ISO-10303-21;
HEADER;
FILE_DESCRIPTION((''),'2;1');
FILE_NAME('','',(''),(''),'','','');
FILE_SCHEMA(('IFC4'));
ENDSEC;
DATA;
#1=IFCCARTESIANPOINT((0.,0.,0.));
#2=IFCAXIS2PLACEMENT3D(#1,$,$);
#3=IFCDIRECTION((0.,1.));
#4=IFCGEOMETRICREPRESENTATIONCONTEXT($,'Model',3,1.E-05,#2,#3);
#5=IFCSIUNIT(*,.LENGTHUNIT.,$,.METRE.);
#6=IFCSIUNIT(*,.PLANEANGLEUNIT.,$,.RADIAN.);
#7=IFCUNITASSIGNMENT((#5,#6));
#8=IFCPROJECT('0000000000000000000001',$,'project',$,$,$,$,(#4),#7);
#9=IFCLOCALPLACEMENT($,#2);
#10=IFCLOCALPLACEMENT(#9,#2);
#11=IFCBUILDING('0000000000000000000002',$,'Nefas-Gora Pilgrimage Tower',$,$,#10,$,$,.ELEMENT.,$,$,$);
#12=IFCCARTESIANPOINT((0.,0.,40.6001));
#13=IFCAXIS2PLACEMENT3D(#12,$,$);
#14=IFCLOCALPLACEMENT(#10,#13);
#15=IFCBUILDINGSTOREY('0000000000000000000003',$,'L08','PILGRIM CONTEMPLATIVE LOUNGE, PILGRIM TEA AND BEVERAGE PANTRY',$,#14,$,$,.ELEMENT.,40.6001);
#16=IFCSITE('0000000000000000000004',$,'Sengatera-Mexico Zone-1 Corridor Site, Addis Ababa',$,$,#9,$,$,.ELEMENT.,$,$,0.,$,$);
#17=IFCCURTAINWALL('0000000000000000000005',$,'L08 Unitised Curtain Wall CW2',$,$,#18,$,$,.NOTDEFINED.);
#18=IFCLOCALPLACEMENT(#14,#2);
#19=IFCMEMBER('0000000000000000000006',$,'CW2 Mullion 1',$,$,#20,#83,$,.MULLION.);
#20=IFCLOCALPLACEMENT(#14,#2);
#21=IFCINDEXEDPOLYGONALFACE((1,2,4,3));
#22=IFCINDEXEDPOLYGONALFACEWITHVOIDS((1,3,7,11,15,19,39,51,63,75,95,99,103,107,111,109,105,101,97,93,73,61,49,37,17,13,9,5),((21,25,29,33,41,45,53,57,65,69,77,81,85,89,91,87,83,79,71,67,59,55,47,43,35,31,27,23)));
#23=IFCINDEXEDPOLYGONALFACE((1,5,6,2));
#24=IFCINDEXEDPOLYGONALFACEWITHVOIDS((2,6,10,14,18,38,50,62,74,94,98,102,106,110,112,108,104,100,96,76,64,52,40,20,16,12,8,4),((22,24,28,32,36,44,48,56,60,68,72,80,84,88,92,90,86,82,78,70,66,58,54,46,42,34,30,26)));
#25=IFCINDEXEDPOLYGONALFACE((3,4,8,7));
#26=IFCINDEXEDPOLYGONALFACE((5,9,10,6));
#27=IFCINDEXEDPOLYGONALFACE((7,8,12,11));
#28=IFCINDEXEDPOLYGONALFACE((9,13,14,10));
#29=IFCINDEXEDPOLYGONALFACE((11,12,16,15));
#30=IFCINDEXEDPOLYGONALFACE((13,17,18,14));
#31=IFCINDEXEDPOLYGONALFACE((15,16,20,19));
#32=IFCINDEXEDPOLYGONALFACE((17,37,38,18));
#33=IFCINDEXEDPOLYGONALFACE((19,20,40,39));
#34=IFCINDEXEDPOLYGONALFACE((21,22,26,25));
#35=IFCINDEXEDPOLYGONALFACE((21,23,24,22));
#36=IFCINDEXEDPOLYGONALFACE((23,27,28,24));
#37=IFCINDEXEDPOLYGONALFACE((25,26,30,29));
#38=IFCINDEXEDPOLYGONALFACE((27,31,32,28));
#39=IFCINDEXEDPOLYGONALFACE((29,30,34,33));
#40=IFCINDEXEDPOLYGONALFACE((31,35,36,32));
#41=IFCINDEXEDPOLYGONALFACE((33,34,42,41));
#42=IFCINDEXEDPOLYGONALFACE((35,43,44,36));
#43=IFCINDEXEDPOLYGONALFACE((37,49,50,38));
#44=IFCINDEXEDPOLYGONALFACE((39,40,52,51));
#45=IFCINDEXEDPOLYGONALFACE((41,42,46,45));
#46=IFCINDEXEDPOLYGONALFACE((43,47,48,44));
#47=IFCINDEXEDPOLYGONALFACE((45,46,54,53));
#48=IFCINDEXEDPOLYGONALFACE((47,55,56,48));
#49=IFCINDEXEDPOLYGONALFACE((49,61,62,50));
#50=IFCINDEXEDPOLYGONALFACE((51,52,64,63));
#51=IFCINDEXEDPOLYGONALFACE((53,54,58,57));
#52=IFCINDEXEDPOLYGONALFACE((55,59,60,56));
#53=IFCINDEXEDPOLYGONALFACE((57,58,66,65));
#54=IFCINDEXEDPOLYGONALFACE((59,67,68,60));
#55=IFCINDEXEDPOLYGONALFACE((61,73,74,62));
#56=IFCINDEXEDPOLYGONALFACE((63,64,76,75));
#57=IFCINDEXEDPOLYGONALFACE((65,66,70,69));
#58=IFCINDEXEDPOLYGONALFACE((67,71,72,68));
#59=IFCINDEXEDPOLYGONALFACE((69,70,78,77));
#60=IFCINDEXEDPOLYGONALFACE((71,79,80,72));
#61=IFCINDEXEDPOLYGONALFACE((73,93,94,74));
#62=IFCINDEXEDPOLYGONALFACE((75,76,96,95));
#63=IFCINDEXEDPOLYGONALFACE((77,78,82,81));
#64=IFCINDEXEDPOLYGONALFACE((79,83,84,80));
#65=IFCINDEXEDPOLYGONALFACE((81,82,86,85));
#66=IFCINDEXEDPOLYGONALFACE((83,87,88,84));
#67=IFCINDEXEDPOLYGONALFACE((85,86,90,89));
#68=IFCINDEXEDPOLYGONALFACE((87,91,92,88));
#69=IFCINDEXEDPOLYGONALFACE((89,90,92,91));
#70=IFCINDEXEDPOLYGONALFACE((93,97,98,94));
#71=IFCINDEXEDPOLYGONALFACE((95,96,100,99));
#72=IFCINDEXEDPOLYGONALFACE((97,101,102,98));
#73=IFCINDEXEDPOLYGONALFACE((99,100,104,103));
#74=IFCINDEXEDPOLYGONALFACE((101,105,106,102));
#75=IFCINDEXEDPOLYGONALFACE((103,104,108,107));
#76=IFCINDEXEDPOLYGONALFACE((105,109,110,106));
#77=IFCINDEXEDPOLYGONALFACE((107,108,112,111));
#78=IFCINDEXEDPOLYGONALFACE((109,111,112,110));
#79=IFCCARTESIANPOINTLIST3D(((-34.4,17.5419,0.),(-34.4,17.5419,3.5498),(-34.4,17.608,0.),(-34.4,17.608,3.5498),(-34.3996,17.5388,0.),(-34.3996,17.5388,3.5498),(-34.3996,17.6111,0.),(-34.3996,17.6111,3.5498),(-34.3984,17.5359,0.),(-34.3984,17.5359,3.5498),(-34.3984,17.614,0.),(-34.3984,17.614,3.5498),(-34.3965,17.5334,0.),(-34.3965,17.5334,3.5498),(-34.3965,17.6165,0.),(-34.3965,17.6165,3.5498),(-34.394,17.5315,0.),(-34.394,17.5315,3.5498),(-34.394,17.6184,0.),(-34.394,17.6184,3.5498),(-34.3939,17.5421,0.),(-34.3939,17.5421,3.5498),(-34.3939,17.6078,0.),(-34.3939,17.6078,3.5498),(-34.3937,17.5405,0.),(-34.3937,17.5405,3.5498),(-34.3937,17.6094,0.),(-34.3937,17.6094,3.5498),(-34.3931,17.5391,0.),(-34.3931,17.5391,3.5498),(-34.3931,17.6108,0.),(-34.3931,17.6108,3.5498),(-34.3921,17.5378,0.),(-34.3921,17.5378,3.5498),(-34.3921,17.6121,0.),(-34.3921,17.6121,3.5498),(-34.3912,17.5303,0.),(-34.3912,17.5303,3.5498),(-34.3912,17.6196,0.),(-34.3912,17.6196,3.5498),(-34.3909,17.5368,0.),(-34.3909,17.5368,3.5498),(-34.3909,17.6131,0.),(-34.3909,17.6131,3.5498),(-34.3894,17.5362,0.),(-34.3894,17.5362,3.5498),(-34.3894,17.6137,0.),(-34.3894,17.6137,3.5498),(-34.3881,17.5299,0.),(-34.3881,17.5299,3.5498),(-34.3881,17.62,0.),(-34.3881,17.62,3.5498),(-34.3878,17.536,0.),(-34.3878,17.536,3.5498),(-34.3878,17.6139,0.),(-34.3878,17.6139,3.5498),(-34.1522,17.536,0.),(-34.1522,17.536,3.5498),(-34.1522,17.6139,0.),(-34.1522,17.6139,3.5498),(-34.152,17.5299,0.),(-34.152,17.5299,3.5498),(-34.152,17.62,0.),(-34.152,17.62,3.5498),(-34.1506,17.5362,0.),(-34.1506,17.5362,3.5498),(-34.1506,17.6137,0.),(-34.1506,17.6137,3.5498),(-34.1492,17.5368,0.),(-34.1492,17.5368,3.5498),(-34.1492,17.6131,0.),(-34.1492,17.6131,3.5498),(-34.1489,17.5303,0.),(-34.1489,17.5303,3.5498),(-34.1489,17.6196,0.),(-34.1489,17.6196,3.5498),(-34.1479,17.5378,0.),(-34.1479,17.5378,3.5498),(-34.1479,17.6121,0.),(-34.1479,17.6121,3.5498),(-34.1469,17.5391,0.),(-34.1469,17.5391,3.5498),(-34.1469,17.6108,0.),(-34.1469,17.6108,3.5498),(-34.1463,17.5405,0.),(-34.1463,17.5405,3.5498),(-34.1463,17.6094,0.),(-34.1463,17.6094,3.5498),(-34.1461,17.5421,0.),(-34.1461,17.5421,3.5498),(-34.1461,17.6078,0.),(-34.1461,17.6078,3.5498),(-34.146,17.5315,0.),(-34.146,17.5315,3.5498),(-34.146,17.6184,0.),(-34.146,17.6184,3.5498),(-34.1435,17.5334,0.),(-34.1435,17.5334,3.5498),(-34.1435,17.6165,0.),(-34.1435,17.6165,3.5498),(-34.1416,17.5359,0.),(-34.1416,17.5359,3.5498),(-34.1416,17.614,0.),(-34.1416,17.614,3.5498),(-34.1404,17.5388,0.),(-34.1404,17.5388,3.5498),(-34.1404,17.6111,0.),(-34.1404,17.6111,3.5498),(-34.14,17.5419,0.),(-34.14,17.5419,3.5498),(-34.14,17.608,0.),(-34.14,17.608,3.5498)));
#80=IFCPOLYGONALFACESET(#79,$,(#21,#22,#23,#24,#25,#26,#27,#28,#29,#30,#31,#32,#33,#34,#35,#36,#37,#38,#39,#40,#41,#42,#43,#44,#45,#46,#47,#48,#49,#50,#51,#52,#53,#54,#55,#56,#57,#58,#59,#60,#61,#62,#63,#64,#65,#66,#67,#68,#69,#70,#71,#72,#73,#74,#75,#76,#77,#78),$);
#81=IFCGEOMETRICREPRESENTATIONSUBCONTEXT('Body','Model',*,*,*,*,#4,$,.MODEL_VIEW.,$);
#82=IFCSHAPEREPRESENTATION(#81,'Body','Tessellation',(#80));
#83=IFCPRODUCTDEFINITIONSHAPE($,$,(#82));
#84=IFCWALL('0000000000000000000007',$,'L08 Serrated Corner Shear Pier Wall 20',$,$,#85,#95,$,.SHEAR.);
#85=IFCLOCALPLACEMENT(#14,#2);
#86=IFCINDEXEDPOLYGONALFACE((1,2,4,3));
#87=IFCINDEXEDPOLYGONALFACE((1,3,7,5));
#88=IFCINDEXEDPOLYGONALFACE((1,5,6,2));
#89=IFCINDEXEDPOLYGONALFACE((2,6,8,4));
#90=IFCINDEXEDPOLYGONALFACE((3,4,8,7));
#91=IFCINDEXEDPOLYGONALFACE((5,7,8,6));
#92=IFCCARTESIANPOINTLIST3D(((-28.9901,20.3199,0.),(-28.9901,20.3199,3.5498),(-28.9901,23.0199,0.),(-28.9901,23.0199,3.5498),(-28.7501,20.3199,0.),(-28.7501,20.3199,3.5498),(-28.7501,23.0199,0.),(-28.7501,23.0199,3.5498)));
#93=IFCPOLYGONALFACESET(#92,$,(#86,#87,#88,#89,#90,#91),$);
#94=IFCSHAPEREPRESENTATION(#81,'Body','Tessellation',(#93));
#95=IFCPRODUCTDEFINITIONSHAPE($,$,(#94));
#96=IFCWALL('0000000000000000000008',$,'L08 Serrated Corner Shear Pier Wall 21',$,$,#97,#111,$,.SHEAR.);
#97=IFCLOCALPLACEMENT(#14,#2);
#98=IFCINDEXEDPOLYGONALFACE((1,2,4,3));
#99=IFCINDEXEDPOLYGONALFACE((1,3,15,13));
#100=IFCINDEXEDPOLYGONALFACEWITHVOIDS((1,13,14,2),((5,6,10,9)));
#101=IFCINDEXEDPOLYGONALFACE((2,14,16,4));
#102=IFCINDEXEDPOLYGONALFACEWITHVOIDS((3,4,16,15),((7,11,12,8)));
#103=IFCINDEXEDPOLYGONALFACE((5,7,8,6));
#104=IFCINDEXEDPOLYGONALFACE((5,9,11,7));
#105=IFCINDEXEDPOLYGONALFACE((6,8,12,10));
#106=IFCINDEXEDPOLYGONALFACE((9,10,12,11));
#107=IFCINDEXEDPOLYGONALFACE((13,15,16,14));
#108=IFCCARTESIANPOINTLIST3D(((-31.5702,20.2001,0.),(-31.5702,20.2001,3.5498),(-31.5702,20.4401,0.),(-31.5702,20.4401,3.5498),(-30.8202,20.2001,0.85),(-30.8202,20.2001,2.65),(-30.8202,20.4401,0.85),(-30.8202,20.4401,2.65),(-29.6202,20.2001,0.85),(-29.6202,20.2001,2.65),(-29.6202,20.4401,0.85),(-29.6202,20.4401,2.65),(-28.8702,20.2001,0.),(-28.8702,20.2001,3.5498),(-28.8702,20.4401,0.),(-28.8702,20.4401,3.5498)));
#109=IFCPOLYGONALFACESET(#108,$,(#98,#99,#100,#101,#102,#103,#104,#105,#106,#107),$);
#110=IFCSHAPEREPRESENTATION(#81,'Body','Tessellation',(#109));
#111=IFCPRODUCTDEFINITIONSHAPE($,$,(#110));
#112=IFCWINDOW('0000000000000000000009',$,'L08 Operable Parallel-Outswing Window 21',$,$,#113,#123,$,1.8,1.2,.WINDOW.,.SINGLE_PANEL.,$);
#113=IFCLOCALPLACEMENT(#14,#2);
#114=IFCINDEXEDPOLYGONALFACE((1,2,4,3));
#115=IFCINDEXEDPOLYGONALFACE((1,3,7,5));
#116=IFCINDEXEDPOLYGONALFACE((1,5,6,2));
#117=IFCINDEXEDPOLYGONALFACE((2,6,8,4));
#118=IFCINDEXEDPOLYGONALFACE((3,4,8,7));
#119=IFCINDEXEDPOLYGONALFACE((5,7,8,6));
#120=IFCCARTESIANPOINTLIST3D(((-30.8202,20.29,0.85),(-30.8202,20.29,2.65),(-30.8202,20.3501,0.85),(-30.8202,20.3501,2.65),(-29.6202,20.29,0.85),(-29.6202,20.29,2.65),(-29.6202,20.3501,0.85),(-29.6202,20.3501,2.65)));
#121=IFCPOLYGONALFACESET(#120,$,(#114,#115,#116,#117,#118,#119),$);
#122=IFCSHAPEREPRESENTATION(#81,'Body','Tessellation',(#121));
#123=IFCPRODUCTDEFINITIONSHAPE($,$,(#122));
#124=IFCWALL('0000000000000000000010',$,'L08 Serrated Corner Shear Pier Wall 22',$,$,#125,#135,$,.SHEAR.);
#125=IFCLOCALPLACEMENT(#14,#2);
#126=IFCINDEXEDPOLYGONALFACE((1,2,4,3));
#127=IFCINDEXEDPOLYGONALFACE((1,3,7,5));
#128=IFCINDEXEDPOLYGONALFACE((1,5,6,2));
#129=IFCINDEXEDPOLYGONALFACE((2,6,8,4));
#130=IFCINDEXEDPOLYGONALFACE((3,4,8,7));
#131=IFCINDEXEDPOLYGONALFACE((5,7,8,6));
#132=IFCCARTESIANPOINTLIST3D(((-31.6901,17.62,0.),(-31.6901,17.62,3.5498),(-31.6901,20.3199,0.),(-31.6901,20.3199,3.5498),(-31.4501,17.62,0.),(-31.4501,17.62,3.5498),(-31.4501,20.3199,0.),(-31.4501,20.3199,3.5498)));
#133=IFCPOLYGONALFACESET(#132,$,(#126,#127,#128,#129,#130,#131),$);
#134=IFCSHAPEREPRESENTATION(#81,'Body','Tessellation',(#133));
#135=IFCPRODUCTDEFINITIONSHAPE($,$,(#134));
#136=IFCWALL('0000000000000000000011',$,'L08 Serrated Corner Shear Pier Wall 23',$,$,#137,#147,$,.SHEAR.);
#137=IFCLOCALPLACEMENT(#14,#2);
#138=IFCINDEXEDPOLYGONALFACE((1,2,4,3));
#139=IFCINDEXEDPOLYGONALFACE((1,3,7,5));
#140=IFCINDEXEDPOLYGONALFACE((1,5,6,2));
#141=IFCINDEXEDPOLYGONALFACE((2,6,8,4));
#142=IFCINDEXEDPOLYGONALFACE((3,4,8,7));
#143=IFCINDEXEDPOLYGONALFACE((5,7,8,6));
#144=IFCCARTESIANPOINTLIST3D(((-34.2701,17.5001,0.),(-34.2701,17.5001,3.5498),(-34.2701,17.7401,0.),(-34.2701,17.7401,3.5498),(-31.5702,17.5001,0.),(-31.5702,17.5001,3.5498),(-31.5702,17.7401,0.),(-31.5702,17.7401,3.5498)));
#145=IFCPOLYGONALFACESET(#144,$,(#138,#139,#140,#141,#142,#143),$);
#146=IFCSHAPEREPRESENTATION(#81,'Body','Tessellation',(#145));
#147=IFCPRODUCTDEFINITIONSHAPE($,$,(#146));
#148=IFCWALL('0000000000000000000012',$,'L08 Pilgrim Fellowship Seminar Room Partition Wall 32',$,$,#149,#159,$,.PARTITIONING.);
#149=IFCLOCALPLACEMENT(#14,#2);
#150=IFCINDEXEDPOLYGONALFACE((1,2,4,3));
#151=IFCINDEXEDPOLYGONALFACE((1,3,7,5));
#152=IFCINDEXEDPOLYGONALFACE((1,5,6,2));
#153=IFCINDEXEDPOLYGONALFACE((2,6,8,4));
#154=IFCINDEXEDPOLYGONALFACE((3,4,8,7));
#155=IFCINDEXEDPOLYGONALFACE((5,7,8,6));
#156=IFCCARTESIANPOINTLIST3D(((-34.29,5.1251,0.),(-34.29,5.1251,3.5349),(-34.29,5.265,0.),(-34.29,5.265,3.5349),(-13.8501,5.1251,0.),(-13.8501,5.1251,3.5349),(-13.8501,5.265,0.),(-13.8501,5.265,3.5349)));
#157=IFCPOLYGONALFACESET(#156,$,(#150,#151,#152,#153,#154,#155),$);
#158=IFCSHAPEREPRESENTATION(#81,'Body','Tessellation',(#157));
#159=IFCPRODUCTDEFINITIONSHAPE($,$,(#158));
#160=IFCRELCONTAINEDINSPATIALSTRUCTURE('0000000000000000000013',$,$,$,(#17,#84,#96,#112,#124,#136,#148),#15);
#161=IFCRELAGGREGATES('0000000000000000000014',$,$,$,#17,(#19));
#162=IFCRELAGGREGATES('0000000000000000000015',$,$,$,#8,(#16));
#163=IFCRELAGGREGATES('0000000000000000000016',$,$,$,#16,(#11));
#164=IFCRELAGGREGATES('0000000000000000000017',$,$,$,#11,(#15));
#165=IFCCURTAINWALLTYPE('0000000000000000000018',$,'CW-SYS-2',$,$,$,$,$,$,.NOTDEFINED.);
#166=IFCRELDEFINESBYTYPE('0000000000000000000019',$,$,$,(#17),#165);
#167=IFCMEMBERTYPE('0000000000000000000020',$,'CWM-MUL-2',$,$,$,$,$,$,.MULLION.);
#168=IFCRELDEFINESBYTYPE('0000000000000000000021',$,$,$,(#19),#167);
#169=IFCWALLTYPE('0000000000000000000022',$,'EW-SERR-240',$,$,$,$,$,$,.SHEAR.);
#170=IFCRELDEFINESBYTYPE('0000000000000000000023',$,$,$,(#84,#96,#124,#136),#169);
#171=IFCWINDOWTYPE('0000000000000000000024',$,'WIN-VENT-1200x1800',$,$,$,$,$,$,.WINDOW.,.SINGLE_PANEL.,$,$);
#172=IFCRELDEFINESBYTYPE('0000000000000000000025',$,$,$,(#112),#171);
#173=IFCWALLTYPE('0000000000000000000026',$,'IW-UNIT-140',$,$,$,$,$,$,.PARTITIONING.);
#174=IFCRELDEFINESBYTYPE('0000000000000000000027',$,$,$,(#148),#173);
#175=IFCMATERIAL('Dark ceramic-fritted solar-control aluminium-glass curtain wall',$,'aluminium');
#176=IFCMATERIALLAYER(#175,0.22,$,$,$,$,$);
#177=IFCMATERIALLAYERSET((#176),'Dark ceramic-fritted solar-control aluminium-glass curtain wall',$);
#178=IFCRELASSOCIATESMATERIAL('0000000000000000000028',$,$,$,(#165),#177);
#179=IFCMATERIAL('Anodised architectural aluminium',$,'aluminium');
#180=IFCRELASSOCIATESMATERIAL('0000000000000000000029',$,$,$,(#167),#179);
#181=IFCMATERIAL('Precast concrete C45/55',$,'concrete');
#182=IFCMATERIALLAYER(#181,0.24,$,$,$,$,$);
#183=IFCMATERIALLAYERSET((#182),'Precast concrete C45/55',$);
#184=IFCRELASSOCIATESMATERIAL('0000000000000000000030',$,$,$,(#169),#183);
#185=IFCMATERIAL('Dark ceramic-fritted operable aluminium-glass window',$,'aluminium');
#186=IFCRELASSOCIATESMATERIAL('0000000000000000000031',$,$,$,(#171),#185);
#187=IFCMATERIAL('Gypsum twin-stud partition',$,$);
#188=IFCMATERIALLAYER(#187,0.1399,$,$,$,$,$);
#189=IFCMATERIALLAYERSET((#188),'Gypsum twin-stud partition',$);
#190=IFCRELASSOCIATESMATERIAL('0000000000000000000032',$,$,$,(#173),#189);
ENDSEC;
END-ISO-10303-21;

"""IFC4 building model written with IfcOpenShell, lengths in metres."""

from ifc_helpers import new_model, si_unit, direction, frame, frame_2d, origin, origin_2d, place, context, subcontext, project, spatial, rectangle, hollow_rectangle, extrude, source, transform, mapped, material, layer, layer_set, material_profile, profile_set, type_object, element, fill, aggregate, save


model = new_model("IFC4")

# Units and contexts
model_context = context("Model", 3, precision=1e-05, world=origin(), true_north=direction((0.0, 1.0)))
body_context = subcontext(model_context, "Body", "Model", "MODEL_VIEW")
ifc_project = project(units=[si_unit("LENGTHUNIT", "METRE"), si_unit("PLANEANGLEUNIT", "RADIAN")], contexts=[model_context])

# Site, building, storey
site_placement = place(None, origin())
site = spatial("IfcSite", under=ifc_project, at=site_placement, Name="Sengatera-Mexico Zone-1 Corridor Site, Addis Ababa", CompositionType="ELEMENT", RefElevation=0.0)
building_placement = place(site_placement, origin())
building = spatial("IfcBuilding", under=site, at=building_placement, Name="Nefas-Gora Pilgrimage Tower", CompositionType="ELEMENT")
storey_placement = place(building_placement, frame((0.0, 0.0, 40.6001)))
storey = spatial("IfcBuildingStorey", under=building, at=storey_placement, Name="L08", Description="PILGRIM CONTEMPLATIVE LOUNGE, PILGRIM TEA AND BEVERAGE PANTRY", CompositionType="ELEMENT", Elevation=40.6001)

# Curtain wall
ifc_material_1 = material(Name="Dark ceramic-fritted solar-control aluminium-glass curtain wall", Category="aluminium")
ifc_layer_1 = layer(ifc_material_1, 0.22)
ifc_layer_set_1 = layer_set([ifc_layer_1], Name="Dark ceramic-fritted solar-control aluminium-glass curtain wall")
curtain_wall_type = type_object("IfcCurtainWallType", Name="CW-SYS-2", PredefinedType="NOTDEFINED", material=ifc_layer_set_1)
curtain_wall_1_placement = place(storey_placement, origin())
curtain_wall_1 = element("IfcCurtainWall", 1, at=curtain_wall_1_placement, inside=storey, type_object=curtain_wall_type, Name="L08 Unitised Curtain Wall CW2", PredefinedType="NOTDEFINED")
ifc_material_2 = material(Name="Anodised architectural aluminium", Category="aluminium")
ifc_material_profile_1 = material_profile(ifc_material_2, hollow_rectangle(XDim=0.0901, YDim=0.26, WallThickness=0.0061, InnerFilletRadius=0.0061, OuterFilletRadius=0.012, at=origin_2d()), Name="ALU MULLION 90x260")
ifc_profile_set_1 = profile_set([ifc_material_profile_1], Name="Anodised architectural aluminium")
member_type_1 = type_object("IfcMemberType", Name="CWM-MUL-2", PredefinedType="MULLION", material=ifc_profile_set_1)
shared_shape_1 = source(origin(), body_context, "Body", "SweptSolid", [
    extrude(hollow_rectangle(XDim=0.0901, YDim=0.26, WallThickness=0.0061, InnerFilletRadius=0.0061, OuterFilletRadius=0.012, at=origin_2d()), origin(), (0.0, 0.0, 1.0), 3.5498),
])

# Member
member_1_placement = place(storey_placement, frame((-34.27, 17.575, 0.0), z_axis=(0.0, 0.0, 1.0), x_axis=(0.0, -1.0, 0.0)))
member_1 = element("IfcMember", 2, at=member_1_placement, type_object=member_type_1, Name="CW2 Mullion 1", PredefinedType="MULLION", context=body_context, shape_type="MappedRepresentation", body=[
    mapped(shared_shape_1, transform((0.0, 0.0, 0.0), x_axis=(1.0, 0.0, 0.0), y_axis=(0.0, 1.0, 0.0), z_axis=(0.0, 0.0, 1.0), scale=1.0)),
])
aggregate(curtain_wall_1, [member_1])

# Wall
ifc_material_3 = material(Name="Precast concrete C45/55", Category="concrete")
ifc_layer_2 = layer(ifc_material_3, 0.24)
ifc_layer_set_2 = layer_set([ifc_layer_2], Name="Precast concrete C45/55")
wall_type_1 = type_object("IfcWallType", Name="EW-SERR-240", PredefinedType="SHEAR", material=ifc_layer_set_2)
shared_shape_2 = source(origin(), body_context, "Body", "SweptSolid", [
    extrude(rectangle(XDim=2.7, YDim=0.24, at=frame_2d((1.3501, 0.0))), origin(), (0.0, 0.0, 1.0), 3.5498),
])
wall_1_placement = place(storey_placement, frame((-28.8701, 23.02, 0.0), z_axis=(0.0, 0.0, 1.0), x_axis=(0.0, -1.0, 0.0)))
element("IfcWall", 3, at=wall_1_placement, inside=storey, type_object=wall_type_1, Name="L08 Serrated Corner Shear Pier Wall 20", PredefinedType="SHEAR", context=body_context, shape_type="MappedRepresentation", body=[
    mapped(shared_shape_2, transform((0.0, 0.0, 0.0), x_axis=(1.0, 0.0, 0.0), y_axis=(0.0, 1.0, 0.0), z_axis=(0.0, 0.0, 1.0), scale=1.0)),
])

# Wall, opening, window
wall_2_placement = place(storey_placement, frame((-28.8701, 20.3201, 0.0), z_axis=(0.0, 0.0, 1.0), x_axis=(-1.0, 0.0, 0.0)))
wall_2 = element("IfcWall", 4, at=wall_2_placement, inside=storey, type_object=wall_type_1, Name="L08 Serrated Corner Shear Pier Wall 21", PredefinedType="SHEAR", context=body_context, shape_type="MappedRepresentation", body=[
    mapped(shared_shape_2, transform((0.0, 0.0, 0.0), x_axis=(1.0, 0.0, 0.0), y_axis=(0.0, 1.0, 0.0), z_axis=(0.0, 0.0, 1.0), scale=1.0)),
])
opening_placement = place(wall_2_placement, frame((0.75, 0.0, 0.8501)))
opening = element("IfcOpeningElement", 5, at=opening_placement, cuts=wall_2, PredefinedType="OPENING", context=body_context, shape_type="SweptSolid", body=[
    extrude(rectangle(XDim=1.2, YDim=1.8, at=frame_2d((0.6001, 0.8999))), frame((0.0, 0.1299, 0.0), z_axis=(0.0, -1.0, 0.0), x_axis=(1.0, 0.0, 0.0)), (0.0, 0.0, 1.0), 0.26),
])
ifc_material_4 = material(Name="Dark ceramic-fritted operable aluminium-glass window", Category="aluminium")
window_type = type_object("IfcWindowType", Name="WIN-VENT-1200x1800", PartitioningType="SINGLE_PANEL", PredefinedType="WINDOW", material=ifc_material_4)
shared_shape_3 = source(origin(), body_context, "Body", "SweptSolid", [
    extrude(rectangle(XDim=1.2, YDim=1.8, at=frame_2d((0.6001, 0.8999))), frame((0.0, 0.03, 0.0), z_axis=(0.0, -1.0, 0.0), x_axis=(1.0, 0.0, 0.0)), (0.0, 0.0, 1.0), 0.0601),
])
window_placement = place(opening_placement, origin())
window = element("IfcWindow", 6, at=window_placement, inside=storey, type_object=window_type, Name="L08 Operable Parallel-Outswing Window 21", OverallHeight=1.8, OverallWidth=1.2, PartitioningType="SINGLE_PANEL", PredefinedType="WINDOW", context=body_context, shape_type="MappedRepresentation", body=[
    mapped(shared_shape_3, transform((0.0, 0.0, 0.0), x_axis=(1.0, 0.0, 0.0), y_axis=(0.0, 1.0, 0.0), z_axis=(0.0, 0.0, 1.0), scale=1.0)),
])
fill(opening, window)

# Walls
for number, where, z_axis, x_axis, name in (
    (7, (-31.5701, 20.3201, 0.0), (0.0, 0.0, 1.0), (0.0, -1.0, 0.0), "L08 Serrated Corner Shear Pier Wall 22"),
    (8, (-31.5701, 17.6201, 0.0), (0.0, 0.0, 1.0), (-1.0, 0.0, 0.0), "L08 Serrated Corner Shear Pier Wall 23"),
):
    element("IfcWall", number, at=place(storey_placement, frame(where, z_axis=z_axis, x_axis=x_axis)), inside=storey, type_object=wall_type_1, Name=name, PredefinedType="SHEAR", context=body_context, shape_type="MappedRepresentation", body=[
        mapped(shared_shape_2, transform((0.0, 0.0, 0.0), x_axis=(1.0, 0.0, 0.0), y_axis=(0.0, 1.0, 0.0), z_axis=(0.0, 0.0, 1.0), scale=1.0)),
    ])
ifc_material_5 = material(Name="Gypsum twin-stud partition")
ifc_layer_3 = layer(ifc_material_5, 0.1399)
ifc_layer_set_3 = layer_set([ifc_layer_3], Name="Gypsum twin-stud partition")
wall_type_2 = type_object("IfcWallType", Name="IW-UNIT-140", PredefinedType="PARTITIONING", material=ifc_layer_set_3)
shared_shape_4 = source(origin(), body_context, "Body", "SweptSolid", [
    extrude(rectangle(XDim=20.4399, YDim=0.1399, at=frame_2d((10.22, 0.0))), origin(), (0.0, 0.0, 1.0), 3.5349),
])
wall_3_placement = place(storey_placement, frame((-34.29, 5.1951, 0.0), z_axis=(0.0, 0.0, 1.0), x_axis=(1.0, 0.0, 0.0)))
element("IfcWall", 9, at=wall_3_placement, inside=storey, type_object=wall_type_2, Name="L08 Pilgrim Fellowship Seminar Room Partition Wall 32", PredefinedType="PARTITIONING", context=body_context, shape_type="MappedRepresentation", body=[
    mapped(shared_shape_4, transform((0.0, 0.0, 0.0), x_axis=(1.0, 0.0, 0.0), y_axis=(0.0, 1.0, 0.0), z_axis=(0.0, 0.0, 1.0), scale=1.0)),
])

save(model, "model.ifc")
